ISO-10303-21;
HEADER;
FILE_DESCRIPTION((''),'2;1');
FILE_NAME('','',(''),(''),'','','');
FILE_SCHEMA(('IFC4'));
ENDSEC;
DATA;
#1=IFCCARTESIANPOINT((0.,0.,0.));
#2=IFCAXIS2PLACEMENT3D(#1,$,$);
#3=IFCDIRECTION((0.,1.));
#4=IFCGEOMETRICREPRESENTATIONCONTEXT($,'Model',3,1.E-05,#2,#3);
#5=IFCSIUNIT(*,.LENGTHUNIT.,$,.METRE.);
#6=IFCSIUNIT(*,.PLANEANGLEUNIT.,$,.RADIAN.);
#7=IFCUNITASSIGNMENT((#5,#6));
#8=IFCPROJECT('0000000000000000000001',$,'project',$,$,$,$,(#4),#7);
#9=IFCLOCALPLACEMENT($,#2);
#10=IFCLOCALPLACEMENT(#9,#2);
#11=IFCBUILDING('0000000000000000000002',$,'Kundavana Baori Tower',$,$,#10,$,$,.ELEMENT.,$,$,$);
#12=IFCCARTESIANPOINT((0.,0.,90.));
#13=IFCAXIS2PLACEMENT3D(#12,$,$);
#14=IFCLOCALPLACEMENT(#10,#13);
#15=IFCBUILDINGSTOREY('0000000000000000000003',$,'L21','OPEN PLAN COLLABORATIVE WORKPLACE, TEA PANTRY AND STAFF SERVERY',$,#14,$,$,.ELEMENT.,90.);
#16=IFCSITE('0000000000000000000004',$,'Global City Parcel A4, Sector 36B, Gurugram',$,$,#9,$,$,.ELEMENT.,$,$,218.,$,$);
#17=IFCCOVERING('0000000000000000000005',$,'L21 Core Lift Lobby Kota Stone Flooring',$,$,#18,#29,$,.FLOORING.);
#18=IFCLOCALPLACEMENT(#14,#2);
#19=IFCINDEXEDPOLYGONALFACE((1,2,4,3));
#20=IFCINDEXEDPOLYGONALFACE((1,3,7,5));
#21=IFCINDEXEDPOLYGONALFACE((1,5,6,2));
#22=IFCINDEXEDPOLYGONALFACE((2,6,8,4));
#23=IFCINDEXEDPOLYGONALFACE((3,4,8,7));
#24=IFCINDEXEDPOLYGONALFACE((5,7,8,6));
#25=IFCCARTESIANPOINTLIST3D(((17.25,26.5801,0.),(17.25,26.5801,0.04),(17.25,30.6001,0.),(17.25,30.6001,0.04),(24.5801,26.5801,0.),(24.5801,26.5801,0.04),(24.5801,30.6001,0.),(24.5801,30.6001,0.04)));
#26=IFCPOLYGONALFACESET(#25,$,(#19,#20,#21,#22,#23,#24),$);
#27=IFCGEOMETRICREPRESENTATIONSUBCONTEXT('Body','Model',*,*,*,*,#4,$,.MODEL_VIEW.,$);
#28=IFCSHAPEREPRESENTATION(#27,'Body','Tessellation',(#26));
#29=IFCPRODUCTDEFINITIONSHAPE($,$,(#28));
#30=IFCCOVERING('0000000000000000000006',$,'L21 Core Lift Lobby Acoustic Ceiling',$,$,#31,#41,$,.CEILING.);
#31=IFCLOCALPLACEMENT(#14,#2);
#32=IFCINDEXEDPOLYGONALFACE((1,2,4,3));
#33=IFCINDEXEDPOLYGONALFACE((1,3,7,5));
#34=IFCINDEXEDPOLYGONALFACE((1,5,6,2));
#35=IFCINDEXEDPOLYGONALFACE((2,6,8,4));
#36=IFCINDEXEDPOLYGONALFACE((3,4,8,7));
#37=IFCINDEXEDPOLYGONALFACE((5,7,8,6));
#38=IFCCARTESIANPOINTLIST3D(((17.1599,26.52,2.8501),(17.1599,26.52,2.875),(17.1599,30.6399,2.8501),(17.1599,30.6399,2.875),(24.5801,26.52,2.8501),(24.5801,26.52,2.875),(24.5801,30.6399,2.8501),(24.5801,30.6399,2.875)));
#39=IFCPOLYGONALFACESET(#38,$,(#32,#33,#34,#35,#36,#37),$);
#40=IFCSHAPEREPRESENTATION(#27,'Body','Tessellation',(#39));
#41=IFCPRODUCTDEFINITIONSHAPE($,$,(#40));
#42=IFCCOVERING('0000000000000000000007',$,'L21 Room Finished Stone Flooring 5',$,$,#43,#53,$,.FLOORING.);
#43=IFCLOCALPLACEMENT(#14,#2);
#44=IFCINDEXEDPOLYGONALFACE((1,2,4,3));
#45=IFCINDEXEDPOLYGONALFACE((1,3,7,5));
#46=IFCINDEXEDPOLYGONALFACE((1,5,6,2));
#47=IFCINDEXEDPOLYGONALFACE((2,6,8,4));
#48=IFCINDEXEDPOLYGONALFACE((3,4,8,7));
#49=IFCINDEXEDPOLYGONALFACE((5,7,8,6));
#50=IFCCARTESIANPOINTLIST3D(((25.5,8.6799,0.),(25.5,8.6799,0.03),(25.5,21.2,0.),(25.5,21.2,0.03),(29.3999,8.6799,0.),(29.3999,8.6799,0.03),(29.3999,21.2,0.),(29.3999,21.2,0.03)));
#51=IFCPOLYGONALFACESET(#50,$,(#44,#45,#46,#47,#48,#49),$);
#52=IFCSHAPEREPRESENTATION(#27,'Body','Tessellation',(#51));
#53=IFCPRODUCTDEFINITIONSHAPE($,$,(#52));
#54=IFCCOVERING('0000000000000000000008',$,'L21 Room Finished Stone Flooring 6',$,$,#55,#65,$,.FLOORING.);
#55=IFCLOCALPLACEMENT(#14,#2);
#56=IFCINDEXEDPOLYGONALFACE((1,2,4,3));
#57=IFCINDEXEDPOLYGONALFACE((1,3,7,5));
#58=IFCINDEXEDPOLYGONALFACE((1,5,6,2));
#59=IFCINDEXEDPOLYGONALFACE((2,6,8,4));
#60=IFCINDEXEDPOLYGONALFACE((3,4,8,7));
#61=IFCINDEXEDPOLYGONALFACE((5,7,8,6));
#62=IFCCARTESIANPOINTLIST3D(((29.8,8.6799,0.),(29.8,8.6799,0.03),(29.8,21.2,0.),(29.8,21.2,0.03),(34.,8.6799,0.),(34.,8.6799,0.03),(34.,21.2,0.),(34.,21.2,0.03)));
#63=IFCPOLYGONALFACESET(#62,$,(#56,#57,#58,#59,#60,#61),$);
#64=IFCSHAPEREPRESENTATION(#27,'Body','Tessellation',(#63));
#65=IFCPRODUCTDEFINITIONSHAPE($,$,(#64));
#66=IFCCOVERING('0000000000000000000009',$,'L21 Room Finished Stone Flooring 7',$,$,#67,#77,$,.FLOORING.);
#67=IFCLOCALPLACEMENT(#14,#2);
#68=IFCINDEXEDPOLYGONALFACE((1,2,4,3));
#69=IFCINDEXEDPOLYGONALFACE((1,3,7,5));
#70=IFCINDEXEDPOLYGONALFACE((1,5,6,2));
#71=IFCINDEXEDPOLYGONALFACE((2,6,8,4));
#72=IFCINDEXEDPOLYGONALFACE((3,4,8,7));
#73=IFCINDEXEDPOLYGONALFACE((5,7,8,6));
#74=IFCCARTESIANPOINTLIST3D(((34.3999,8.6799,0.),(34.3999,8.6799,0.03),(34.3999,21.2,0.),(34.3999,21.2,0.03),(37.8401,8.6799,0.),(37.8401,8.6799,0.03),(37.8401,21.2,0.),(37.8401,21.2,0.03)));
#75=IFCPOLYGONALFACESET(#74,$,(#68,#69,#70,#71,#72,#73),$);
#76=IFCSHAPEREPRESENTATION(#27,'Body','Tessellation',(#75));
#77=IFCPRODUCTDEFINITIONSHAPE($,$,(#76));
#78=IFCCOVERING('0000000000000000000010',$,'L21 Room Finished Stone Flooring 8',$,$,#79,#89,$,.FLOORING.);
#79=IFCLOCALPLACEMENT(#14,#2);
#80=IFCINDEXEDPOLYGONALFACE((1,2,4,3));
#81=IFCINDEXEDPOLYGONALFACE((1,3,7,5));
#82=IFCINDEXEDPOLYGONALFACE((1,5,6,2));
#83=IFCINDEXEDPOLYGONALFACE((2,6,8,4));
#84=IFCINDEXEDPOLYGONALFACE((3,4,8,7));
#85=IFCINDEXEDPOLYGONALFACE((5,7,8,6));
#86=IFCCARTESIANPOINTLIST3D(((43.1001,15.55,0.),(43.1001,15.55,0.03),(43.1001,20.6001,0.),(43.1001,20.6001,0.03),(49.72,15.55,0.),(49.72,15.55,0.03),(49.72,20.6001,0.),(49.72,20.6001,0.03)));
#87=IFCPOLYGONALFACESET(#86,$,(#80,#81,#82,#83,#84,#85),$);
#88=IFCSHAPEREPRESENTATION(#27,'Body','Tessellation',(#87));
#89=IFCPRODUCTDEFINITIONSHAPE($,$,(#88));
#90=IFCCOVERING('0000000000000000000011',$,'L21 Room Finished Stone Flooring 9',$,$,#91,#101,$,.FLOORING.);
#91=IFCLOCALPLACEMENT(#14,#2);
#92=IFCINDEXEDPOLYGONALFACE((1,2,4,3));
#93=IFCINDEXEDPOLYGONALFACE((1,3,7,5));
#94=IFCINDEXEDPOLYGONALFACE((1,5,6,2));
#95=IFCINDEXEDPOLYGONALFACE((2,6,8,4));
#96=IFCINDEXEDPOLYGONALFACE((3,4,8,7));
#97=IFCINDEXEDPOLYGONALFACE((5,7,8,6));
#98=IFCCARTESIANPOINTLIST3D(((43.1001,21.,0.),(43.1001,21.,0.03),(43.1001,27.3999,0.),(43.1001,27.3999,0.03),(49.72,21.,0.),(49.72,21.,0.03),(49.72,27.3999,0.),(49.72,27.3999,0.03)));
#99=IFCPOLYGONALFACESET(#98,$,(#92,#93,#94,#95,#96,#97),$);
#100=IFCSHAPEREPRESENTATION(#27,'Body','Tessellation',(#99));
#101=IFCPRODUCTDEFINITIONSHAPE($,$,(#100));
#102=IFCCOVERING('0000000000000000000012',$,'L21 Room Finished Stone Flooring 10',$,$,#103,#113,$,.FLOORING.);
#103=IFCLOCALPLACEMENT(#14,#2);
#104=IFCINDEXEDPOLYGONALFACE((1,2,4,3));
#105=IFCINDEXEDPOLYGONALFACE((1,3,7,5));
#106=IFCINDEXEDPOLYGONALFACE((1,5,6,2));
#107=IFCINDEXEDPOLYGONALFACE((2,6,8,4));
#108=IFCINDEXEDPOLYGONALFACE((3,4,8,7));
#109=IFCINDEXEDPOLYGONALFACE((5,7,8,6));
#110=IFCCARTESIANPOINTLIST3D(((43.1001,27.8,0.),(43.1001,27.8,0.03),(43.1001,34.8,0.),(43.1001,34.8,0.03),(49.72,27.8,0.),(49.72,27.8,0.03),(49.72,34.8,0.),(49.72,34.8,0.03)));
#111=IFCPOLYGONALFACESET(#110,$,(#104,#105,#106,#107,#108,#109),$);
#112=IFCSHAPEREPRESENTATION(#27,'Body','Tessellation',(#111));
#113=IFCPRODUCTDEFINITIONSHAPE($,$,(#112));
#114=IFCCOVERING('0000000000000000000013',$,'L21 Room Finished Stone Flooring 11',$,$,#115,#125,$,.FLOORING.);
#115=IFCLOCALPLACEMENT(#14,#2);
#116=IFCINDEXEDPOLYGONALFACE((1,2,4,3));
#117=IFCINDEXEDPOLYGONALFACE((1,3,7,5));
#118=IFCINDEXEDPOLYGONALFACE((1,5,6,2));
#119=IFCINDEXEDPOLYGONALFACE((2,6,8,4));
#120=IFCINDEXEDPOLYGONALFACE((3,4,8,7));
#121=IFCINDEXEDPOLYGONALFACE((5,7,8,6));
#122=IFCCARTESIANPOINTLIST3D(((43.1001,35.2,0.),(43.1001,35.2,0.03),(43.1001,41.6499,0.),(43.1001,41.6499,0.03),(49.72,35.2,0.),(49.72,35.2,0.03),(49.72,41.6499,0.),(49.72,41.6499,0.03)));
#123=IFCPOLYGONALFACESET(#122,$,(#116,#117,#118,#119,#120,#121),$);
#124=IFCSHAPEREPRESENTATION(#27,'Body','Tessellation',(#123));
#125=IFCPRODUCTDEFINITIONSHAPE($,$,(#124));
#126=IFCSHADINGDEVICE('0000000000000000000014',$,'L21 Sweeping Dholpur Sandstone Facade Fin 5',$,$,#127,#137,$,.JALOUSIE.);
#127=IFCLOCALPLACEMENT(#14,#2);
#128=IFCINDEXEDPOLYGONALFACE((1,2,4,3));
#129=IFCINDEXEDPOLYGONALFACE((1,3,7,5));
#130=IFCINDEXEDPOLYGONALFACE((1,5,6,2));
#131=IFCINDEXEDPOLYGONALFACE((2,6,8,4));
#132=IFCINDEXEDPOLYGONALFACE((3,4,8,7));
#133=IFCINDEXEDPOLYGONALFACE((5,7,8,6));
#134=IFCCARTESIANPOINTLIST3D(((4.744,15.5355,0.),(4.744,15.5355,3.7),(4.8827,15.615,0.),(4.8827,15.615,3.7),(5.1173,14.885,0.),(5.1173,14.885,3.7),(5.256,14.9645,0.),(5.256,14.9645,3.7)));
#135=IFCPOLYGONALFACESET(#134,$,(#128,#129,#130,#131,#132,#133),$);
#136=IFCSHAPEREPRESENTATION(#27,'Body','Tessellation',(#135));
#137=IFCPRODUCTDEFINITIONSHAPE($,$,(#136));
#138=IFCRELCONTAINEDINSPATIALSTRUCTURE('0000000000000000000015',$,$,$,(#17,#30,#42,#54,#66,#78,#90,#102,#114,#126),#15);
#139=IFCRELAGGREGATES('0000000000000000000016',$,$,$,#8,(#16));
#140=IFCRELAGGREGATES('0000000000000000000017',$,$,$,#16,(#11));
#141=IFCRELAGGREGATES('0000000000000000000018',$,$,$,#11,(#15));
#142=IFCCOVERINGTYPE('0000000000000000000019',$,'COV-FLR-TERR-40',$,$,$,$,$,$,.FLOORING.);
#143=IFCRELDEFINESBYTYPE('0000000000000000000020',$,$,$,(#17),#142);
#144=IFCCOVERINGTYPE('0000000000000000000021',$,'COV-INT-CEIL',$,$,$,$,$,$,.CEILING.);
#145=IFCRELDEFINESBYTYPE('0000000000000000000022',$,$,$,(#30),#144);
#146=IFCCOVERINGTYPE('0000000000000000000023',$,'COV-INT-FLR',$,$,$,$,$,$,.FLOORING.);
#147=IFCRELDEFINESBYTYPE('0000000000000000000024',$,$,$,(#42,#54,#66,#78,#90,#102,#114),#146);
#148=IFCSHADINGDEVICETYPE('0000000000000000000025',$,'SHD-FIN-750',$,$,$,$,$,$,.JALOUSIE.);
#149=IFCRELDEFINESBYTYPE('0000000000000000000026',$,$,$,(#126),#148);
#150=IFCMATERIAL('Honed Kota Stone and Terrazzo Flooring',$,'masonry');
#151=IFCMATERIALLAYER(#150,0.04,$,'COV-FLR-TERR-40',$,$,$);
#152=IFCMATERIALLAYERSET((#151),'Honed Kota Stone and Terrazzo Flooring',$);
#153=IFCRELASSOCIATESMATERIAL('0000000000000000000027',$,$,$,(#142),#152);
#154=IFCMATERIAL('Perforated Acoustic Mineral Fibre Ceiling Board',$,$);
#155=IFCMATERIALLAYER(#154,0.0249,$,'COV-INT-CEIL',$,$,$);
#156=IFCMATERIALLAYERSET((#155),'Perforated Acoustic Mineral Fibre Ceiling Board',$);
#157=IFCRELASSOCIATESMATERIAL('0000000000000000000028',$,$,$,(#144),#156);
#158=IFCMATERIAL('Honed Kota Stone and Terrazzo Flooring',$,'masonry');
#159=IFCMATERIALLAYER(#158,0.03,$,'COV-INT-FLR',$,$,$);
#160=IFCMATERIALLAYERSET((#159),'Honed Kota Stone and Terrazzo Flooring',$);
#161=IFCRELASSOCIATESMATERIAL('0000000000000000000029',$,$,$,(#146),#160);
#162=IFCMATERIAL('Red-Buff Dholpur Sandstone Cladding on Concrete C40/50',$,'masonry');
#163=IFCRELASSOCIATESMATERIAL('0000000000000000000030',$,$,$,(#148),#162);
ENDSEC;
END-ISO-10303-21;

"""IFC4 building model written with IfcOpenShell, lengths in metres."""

from ifc_helpers import new_model, si_unit, direction, frame, origin, origin_2d, place, context, subcontext, project, spatial, polyline, rectangle, outline, extrude, material, layer, layer_set, type_object, element, save


model = new_model("IFC4")

# Units and contexts
model_context = context("Model", 3, precision=1e-05, world=origin(), true_north=direction((0.0, 1.0)))
body_context = subcontext(model_context, "Body", "Model", "MODEL_VIEW")
ifc_project = project(units=[si_unit("LENGTHUNIT", "METRE"), si_unit("PLANEANGLEUNIT", "RADIAN")], contexts=[model_context])

# Site, building, storey
site_placement = place(None, origin())
site = spatial("IfcSite", under=ifc_project, at=site_placement, Name="Global City Parcel A4, Sector 36B, Gurugram", CompositionType="ELEMENT", RefElevation=218.0)
building_placement = place(site_placement, origin())
building = spatial("IfcBuilding", under=site, at=building_placement, Name="Kundavana Baori Tower", CompositionType="ELEMENT")
storey_placement = place(building_placement, frame((0.0, 0.0, 90.0)))
storey = spatial("IfcBuildingStorey", under=building, at=storey_placement, Name="L21", Description="OPEN PLAN COLLABORATIVE WORKPLACE, TEA PANTRY AND STAFF SERVERY", CompositionType="ELEMENT", Elevation=90.0)

# Coverings
ifc_material_1 = material(Name="Honed Kota Stone and Terrazzo Flooring", Category="masonry")
ifc_layer_1 = layer(ifc_material_1, 0.04, Name="COV-FLR-TERR-40")
ifc_layer_set_1 = layer_set([ifc_layer_1], Name="Honed Kota Stone and Terrazzo Flooring")
covering_type_1 = type_object("IfcCoveringType", Name="COV-FLR-TERR-40", PredefinedType="FLOORING", material=ifc_layer_set_1)
covering_1_placement = place(storey_placement, origin())
element("IfcCovering", 1, at=covering_1_placement, inside=storey, type_object=covering_type_1, Name="L21 Core Lift Lobby Kota Stone Flooring", PredefinedType="FLOORING", context=body_context, shape_type="SweptSolid", body=[
    extrude(outline(polyline([(17.25, 26.5801), (24.5801, 26.5801), (24.5801, 30.6001), (17.25, 30.6001), (17.25, 26.5801)])), origin(), (0.0, 0.0, 1.0), 0.04),
])
ifc_material_2 = material(Name="Perforated Acoustic Mineral Fibre Ceiling Board")
ifc_layer_2 = layer(ifc_material_2, 0.0249, Name="COV-INT-CEIL")
ifc_layer_set_2 = layer_set([ifc_layer_2], Name="Perforated Acoustic Mineral Fibre Ceiling Board")
covering_type_2 = type_object("IfcCoveringType", Name="COV-INT-CEIL", PredefinedType="CEILING", material=ifc_layer_set_2)
covering_2_placement = place(storey_placement, frame((0.0, 0.0, 2.8501)))
element("IfcCovering", 2, at=covering_2_placement, inside=storey, type_object=covering_type_2, Name="L21 Core Lift Lobby Acoustic Ceiling", PredefinedType="CEILING", context=body_context, shape_type="SweptSolid", body=[
    extrude(outline(polyline([(17.1599, 26.52), (24.5801, 26.52), (24.5801, 30.6399), (17.1599, 30.6399), (17.1599, 26.52)])), origin(), (0.0, 0.0, 1.0), 0.0249),
])
ifc_material_3 = material(Name="Honed Kota Stone and Terrazzo Flooring", Category="masonry")
ifc_layer_3 = layer(ifc_material_3, 0.03, Name="COV-INT-FLR")
ifc_layer_set_3 = layer_set([ifc_layer_3], Name="Honed Kota Stone and Terrazzo Flooring")
covering_type_3 = type_object("IfcCoveringType", Name="COV-INT-FLR", PredefinedType="FLOORING", material=ifc_layer_set_3)
covering_3_placement = place(storey_placement, origin())
element("IfcCovering", 3, at=covering_3_placement, inside=storey, type_object=covering_type_3, Name="L21 Room Finished Stone Flooring 5", PredefinedType="FLOORING", context=body_context, shape_type="SweptSolid", body=[
    extrude(outline(polyline([(25.5, 8.6799), (29.3999, 8.6799), (29.3999, 21.2), (25.5, 21.2), (25.5, 8.6799)])), origin(), (0.0, 0.0, 1.0), 0.03),
])
covering_4_placement = place(storey_placement, origin())
element("IfcCovering", 4, at=covering_4_placement, inside=storey, type_object=covering_type_3, Name="L21 Room Finished Stone Flooring 6", PredefinedType="FLOORING", context=body_context, shape_type="SweptSolid", body=[
    extrude(outline(polyline([(29.8, 8.6799), (34.0, 8.6799), (34.0, 21.2), (29.8, 21.2), (29.8, 8.6799)])), origin(), (0.0, 0.0, 1.0), 0.03),
])
covering_5_placement = place(storey_placement, origin())
element("IfcCovering", 5, at=covering_5_placement, inside=storey, type_object=covering_type_3, Name="L21 Room Finished Stone Flooring 7", PredefinedType="FLOORING", context=body_context, shape_type="SweptSolid", body=[
    extrude(outline(polyline([(34.3999, 8.6799), (37.8401, 8.6799), (37.8401, 21.2), (34.3999, 21.2), (34.3999, 8.6799)])), origin(), (0.0, 0.0, 1.0), 0.03),
])
covering_6_placement = place(storey_placement, origin())
element("IfcCovering", 6, at=covering_6_placement, inside=storey, type_object=covering_type_3, Name="L21 Room Finished Stone Flooring 8", PredefinedType="FLOORING", context=body_context, shape_type="SweptSolid", body=[
    extrude(outline(polyline([(43.1001, 15.55), (49.72, 15.55), (49.72, 20.6001), (43.1001, 20.6001), (43.1001, 15.55)])), origin(), (0.0, 0.0, 1.0), 0.03),
])
covering_7_placement = place(storey_placement, origin())
element("IfcCovering", 7, at=covering_7_placement, inside=storey, type_object=covering_type_3, Name="L21 Room Finished Stone Flooring 9", PredefinedType="FLOORING", context=body_context, shape_type="SweptSolid", body=[
    extrude(outline(polyline([(43.1001, 21.0), (49.72, 21.0), (49.72, 27.3999), (43.1001, 27.3999), (43.1001, 21.0)])), origin(), (0.0, 0.0, 1.0), 0.03),
])
covering_8_placement = place(storey_placement, origin())
element("IfcCovering", 8, at=covering_8_placement, inside=storey, type_object=covering_type_3, Name="L21 Room Finished Stone Flooring 10", PredefinedType="FLOORING", context=body_context, shape_type="SweptSolid", body=[
    extrude(outline(polyline([(43.1001, 27.8), (49.72, 27.8), (49.72, 34.8), (43.1001, 34.8), (43.1001, 27.8)])), origin(), (0.0, 0.0, 1.0), 0.03),
])
covering_9_placement = place(storey_placement, origin())
element("IfcCovering", 9, at=covering_9_placement, inside=storey, type_object=covering_type_3, Name="L21 Room Finished Stone Flooring 11", PredefinedType="FLOORING", context=body_context, shape_type="SweptSolid", body=[
    extrude(outline(polyline([(43.1001, 35.2), (49.72, 35.2), (49.72, 41.6499), (43.1001, 41.6499), (43.1001, 35.2)])), origin(), (0.0, 0.0, 1.0), 0.03),
])

# Shading device
ifc_material_4 = material(Name="Red-Buff Dholpur Sandstone Cladding on Concrete C40/50", Category="masonry")
shading_device_type = type_object("IfcShadingDeviceType", Name="SHD-FIN-750", PredefinedType="JALOUSIE", material=ifc_material_4)
shading_device_placement = place(storey_placement, frame((5.0, 15.25, 0.0), z_axis=(0.0, 0.0, 1.0), x_axis=(0.867331, 0.497731, 0.0)))
element("IfcShadingDevice", 10, at=shading_device_placement, inside=storey, type_object=shading_device_type, Name="L21 Sweeping Dholpur Sandstone Facade Fin 5", PredefinedType="JALOUSIE", context=body_context, shape_type="SweptSolid", body=[
    extrude(rectangle(XDim=0.1599, YDim=0.75, at=origin_2d()), origin(), (0.0, 0.0, 1.0), 3.7),
])

save(model, "model.ifc")
